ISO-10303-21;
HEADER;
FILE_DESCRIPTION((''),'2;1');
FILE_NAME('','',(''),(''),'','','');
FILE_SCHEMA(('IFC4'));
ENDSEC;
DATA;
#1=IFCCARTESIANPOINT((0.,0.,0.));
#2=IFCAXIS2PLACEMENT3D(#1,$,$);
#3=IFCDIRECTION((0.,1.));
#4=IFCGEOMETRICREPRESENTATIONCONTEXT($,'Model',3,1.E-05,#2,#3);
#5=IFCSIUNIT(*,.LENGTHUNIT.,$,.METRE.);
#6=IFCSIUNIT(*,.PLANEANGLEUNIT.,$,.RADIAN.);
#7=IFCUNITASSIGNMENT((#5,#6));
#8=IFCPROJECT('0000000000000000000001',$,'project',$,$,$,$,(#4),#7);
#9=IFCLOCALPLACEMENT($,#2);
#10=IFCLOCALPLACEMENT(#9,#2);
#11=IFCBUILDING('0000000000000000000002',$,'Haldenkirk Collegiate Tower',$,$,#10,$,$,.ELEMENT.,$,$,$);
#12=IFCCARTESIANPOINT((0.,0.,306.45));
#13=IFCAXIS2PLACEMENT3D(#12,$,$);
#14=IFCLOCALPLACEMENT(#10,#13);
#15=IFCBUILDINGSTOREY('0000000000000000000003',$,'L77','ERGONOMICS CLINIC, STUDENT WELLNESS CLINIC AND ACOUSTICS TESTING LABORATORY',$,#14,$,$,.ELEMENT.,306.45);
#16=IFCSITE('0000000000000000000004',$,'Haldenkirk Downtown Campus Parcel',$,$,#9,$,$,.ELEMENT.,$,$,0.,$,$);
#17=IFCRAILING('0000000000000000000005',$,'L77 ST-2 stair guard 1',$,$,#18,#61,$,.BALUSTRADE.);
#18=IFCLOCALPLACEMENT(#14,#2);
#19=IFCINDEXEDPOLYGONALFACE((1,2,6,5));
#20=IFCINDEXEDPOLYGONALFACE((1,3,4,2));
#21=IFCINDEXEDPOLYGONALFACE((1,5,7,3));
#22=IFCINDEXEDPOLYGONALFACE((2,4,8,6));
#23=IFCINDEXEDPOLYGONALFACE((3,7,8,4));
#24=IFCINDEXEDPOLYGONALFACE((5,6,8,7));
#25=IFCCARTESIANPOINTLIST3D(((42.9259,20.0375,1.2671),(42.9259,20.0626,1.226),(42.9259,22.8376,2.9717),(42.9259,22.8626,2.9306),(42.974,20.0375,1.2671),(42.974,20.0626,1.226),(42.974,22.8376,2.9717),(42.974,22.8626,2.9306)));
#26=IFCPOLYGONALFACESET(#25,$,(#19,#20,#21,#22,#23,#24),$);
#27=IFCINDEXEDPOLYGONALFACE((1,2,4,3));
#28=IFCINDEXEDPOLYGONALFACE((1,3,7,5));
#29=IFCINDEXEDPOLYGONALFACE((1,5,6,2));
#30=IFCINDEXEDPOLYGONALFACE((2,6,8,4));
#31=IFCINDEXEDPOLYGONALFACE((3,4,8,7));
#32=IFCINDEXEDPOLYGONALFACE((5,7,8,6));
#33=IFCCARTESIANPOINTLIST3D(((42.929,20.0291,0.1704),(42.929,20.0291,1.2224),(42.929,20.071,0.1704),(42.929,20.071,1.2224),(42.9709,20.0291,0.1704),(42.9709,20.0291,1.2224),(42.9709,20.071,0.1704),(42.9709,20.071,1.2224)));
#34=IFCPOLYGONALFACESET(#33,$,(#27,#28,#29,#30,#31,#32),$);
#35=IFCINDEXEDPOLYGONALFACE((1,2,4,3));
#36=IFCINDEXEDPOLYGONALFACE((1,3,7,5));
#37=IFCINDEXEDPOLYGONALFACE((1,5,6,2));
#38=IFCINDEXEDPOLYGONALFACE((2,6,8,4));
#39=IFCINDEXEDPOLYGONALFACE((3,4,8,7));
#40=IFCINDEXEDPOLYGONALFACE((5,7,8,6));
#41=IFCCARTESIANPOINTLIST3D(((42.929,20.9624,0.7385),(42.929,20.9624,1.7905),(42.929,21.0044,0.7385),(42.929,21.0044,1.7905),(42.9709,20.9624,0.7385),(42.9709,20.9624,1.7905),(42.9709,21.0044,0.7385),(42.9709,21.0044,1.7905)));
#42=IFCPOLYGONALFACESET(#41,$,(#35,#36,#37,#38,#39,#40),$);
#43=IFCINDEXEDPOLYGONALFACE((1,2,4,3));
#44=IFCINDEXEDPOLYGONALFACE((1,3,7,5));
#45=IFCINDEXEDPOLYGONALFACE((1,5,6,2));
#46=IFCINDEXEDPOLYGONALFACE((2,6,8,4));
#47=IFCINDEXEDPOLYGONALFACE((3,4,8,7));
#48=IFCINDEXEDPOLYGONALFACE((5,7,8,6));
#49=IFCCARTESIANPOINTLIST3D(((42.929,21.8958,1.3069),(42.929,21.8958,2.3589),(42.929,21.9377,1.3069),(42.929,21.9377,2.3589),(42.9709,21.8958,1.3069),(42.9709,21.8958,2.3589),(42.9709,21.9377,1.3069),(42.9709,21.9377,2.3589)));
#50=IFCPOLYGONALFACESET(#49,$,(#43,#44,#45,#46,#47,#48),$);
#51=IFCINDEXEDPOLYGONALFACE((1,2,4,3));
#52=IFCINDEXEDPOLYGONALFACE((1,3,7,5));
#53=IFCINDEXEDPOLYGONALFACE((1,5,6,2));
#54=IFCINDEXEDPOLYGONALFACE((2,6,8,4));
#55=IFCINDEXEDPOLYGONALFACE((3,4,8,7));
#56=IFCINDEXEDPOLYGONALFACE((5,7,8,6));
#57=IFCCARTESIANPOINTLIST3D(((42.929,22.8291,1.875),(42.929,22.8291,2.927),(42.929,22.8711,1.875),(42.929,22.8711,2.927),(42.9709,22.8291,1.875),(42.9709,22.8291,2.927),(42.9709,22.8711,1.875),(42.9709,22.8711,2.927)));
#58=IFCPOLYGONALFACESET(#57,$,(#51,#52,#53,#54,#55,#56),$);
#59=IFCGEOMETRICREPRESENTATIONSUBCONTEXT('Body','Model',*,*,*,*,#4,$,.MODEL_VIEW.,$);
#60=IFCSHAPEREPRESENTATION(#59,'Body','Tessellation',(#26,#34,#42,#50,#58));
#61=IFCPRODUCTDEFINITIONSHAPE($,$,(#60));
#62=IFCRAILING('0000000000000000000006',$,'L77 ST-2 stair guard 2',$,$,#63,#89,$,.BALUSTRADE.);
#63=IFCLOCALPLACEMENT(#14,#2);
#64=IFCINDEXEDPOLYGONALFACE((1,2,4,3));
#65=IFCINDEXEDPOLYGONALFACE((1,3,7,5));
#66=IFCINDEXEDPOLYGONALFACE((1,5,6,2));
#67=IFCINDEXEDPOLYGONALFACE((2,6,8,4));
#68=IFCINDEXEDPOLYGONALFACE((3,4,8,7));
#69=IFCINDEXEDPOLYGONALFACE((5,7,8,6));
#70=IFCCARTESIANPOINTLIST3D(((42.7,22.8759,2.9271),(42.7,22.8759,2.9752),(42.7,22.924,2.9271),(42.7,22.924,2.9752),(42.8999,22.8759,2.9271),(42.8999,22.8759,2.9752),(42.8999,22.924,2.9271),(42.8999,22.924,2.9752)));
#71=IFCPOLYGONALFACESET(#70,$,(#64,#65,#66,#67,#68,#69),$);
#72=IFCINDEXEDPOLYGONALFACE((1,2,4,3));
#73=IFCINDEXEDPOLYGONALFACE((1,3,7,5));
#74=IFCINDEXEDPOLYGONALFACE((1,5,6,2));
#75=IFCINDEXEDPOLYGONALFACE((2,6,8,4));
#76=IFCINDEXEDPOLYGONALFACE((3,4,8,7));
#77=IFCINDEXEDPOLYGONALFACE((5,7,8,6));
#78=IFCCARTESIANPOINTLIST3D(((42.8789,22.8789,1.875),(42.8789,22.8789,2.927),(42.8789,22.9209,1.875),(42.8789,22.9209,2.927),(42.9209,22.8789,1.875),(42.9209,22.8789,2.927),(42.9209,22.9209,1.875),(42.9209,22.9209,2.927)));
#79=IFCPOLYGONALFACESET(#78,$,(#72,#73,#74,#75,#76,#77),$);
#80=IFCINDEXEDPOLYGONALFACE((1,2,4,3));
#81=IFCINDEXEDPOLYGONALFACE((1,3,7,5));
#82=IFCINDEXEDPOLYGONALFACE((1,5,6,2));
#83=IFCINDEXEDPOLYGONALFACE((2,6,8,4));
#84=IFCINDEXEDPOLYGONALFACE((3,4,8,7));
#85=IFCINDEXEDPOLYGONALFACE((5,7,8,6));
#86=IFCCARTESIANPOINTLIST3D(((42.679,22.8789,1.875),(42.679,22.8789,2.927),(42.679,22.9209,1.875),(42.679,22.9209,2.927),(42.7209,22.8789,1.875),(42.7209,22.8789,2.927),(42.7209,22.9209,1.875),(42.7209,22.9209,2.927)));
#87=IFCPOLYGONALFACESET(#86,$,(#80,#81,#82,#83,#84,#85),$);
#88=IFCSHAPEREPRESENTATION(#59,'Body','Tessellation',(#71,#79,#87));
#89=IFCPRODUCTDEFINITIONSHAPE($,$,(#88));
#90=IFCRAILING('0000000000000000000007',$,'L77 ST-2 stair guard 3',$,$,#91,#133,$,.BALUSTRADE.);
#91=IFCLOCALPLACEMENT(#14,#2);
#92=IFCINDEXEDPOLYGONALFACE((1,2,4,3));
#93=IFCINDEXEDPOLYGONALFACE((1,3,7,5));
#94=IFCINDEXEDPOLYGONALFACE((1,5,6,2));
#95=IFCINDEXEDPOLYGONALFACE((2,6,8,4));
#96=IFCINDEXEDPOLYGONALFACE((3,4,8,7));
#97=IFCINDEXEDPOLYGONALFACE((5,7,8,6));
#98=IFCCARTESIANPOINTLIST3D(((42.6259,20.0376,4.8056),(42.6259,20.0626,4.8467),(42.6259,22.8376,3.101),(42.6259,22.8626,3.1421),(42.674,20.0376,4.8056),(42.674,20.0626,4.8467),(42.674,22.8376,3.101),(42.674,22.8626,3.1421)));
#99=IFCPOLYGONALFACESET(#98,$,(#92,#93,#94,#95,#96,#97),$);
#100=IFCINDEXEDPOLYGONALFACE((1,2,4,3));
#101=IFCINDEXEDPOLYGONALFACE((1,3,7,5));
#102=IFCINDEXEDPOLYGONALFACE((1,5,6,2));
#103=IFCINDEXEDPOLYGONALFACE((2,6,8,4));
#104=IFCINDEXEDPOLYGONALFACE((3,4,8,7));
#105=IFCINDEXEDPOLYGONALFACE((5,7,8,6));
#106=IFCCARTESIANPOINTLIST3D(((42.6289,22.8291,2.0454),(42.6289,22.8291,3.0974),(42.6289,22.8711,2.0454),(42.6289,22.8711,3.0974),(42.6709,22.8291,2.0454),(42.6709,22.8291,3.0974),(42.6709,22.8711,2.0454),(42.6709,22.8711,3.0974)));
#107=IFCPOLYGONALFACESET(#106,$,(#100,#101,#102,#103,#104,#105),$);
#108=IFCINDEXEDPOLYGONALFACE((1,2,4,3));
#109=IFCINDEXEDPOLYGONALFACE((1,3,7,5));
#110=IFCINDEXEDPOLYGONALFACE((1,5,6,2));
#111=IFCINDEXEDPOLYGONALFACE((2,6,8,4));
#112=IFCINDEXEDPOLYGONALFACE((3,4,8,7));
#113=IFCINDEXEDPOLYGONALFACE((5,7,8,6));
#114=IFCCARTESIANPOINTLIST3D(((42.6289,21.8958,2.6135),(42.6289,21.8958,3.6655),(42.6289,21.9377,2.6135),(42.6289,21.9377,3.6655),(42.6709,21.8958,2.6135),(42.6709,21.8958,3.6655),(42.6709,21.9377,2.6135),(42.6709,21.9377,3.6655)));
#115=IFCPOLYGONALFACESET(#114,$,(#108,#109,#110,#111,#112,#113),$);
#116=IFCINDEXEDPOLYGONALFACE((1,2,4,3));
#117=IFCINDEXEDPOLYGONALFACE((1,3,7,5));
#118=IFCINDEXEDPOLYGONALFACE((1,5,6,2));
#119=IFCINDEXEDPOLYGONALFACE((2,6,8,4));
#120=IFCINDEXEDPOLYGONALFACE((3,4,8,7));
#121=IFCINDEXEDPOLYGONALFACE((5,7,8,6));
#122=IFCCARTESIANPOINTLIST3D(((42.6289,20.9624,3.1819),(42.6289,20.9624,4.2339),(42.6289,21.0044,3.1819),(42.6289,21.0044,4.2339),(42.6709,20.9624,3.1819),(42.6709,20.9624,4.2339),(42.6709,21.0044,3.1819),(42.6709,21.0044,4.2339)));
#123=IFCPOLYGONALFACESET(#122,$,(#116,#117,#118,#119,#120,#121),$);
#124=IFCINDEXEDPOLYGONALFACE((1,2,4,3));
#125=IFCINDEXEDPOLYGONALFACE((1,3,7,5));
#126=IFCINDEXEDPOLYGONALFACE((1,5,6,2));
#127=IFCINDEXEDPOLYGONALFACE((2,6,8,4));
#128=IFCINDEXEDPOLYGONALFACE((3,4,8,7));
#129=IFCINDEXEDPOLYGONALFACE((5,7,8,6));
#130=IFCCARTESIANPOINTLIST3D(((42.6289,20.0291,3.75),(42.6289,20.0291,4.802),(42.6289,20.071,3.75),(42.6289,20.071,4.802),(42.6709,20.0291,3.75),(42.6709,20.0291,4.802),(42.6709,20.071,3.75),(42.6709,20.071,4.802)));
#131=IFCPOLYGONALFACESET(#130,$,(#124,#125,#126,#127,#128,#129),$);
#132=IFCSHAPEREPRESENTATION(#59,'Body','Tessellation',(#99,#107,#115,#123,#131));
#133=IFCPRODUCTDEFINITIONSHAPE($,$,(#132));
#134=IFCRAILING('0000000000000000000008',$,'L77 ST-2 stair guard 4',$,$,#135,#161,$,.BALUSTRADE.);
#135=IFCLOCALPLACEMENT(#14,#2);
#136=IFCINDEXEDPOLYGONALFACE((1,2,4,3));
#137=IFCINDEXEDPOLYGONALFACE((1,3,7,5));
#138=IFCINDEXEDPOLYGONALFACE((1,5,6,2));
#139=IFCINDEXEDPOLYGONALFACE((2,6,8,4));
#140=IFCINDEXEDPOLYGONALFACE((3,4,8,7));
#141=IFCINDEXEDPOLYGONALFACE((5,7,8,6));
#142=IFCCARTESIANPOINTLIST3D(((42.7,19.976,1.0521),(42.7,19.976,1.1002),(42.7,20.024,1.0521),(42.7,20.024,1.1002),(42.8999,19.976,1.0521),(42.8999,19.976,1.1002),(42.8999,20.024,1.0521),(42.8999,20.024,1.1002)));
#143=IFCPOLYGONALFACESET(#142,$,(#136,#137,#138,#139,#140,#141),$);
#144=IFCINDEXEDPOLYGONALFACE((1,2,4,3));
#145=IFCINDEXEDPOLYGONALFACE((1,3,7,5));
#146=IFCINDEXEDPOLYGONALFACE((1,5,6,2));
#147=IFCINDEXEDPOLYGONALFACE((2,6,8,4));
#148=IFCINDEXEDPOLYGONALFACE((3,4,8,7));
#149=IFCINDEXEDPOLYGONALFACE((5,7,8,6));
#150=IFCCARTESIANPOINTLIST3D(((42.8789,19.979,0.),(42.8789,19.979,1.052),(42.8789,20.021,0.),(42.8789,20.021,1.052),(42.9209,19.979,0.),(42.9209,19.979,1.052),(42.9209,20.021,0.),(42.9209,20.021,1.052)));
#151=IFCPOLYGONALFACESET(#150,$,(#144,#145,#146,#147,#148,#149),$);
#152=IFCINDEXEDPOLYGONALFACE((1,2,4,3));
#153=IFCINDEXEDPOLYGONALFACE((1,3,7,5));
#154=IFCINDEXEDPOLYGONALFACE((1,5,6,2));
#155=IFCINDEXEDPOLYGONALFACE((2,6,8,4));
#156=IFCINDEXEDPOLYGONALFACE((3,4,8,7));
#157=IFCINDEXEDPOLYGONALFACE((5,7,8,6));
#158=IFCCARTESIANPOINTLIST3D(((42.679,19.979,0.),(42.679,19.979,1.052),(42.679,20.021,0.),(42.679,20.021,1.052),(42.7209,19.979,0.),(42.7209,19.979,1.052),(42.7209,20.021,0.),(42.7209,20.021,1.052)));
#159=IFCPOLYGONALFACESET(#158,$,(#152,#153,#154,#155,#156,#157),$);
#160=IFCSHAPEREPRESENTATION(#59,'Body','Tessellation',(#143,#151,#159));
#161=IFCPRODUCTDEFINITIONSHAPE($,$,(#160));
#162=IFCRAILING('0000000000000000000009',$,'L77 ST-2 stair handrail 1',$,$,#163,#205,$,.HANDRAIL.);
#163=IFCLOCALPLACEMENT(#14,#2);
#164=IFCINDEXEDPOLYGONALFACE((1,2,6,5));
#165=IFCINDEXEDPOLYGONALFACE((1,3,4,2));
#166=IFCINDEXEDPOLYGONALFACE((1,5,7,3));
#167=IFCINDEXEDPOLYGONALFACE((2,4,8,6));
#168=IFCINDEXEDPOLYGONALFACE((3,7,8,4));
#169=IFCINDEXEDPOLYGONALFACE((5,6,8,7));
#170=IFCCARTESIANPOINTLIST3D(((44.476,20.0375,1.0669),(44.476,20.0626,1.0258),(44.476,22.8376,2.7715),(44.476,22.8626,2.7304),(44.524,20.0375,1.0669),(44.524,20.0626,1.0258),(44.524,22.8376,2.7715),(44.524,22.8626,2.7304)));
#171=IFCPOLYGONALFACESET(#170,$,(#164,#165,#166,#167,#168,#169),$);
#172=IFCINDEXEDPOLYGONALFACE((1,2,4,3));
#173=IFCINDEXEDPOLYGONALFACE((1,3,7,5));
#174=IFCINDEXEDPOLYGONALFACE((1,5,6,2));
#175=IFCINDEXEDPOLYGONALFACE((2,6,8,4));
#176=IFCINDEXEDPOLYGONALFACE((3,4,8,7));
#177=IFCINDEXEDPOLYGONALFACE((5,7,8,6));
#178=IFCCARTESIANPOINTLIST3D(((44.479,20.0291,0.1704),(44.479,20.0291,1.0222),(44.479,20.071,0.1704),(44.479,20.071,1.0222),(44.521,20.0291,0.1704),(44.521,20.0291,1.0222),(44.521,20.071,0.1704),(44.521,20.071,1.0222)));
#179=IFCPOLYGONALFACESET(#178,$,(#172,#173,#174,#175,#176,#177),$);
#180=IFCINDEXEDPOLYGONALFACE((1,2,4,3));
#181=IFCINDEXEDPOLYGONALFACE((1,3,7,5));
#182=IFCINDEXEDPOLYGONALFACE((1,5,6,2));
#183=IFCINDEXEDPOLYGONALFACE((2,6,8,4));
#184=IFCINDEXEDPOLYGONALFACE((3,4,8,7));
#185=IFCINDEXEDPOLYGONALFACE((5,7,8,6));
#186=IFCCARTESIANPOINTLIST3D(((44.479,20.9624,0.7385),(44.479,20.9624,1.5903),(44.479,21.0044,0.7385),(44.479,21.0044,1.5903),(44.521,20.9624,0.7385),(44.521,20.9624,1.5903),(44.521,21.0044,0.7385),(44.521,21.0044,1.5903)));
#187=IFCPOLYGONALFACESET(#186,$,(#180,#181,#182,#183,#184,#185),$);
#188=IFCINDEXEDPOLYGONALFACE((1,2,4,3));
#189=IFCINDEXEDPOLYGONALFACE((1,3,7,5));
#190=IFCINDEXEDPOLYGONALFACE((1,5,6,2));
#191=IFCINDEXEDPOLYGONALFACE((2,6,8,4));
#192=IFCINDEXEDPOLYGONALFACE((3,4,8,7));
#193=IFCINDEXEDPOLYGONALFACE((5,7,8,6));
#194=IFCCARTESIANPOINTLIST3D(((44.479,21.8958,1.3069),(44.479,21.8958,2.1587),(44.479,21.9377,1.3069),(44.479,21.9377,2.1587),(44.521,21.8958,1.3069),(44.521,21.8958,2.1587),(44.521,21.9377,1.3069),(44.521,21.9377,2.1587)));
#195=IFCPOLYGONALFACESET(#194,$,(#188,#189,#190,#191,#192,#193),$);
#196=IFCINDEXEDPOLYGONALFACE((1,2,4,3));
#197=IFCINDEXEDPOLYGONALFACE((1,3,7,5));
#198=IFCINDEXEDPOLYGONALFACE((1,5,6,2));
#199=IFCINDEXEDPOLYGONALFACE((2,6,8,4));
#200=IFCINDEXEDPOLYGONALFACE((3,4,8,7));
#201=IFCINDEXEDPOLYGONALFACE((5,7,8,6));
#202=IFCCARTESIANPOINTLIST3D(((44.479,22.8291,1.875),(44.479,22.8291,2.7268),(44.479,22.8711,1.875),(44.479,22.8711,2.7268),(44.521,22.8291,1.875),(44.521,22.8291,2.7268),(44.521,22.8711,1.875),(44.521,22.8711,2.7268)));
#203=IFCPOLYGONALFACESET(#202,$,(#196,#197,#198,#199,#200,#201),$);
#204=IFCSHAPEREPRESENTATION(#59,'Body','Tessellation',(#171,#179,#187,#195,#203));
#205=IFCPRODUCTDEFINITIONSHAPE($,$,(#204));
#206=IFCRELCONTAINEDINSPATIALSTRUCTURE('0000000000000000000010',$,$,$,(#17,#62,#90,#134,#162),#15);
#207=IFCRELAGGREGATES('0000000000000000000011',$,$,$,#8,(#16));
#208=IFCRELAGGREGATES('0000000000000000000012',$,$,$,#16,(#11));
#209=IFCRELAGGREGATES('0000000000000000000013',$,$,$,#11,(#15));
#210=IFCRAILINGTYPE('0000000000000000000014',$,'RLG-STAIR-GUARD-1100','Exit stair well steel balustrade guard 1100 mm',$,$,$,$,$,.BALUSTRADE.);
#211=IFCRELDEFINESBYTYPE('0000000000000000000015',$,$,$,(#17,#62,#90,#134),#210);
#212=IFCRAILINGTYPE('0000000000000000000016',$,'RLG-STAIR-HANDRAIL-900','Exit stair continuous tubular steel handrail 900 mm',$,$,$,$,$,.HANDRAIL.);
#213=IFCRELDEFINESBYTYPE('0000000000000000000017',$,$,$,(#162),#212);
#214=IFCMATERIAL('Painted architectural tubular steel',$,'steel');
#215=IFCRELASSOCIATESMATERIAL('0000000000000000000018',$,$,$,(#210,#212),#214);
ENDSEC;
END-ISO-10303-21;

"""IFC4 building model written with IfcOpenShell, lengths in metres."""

from ifc_helpers import new_model, si_unit, direction, frame, origin, origin_2d, place, context, subcontext, project, spatial, rectangle, extrude, material, type_object, element, save


model = new_model("IFC4")

# Units and contexts
model_context = context("Model", 3, precision=1e-05, world=origin(), true_north=direction((0.0, 1.0)))
body_context = subcontext(model_context, "Body", "Model", "MODEL_VIEW")
ifc_project = project(units=[si_unit("LENGTHUNIT", "METRE"), si_unit("PLANEANGLEUNIT", "RADIAN")], contexts=[model_context])

# Site, building, storey
site_placement = place(None, origin())
site = spatial("IfcSite", under=ifc_project, at=site_placement, Name="Haldenkirk Downtown Campus Parcel", CompositionType="ELEMENT", RefElevation=0.0)
building_placement = place(site_placement, origin())
building = spatial("IfcBuilding", under=site, at=building_placement, Name="Haldenkirk Collegiate Tower", CompositionType="ELEMENT")
storey_placement = place(building_placement, frame((0.0, 0.0, 306.45)))
storey = spatial("IfcBuildingStorey", under=building, at=storey_placement, Name="L77", Description="ERGONOMICS CLINIC, STUDENT WELLNESS CLINIC AND ACOUSTICS TESTING LABORATORY", CompositionType="ELEMENT", Elevation=306.45)

# Railings
ifc_material_1 = material(Name="Painted architectural tubular steel", Category="steel")
railing_type_1 = type_object("IfcRailingType", Name="RLG-STAIR-GUARD-1100", Description="Exit stair well steel balustrade guard 1100 mm", PredefinedType="BALUSTRADE", material=ifc_material_1)
railing_1_placement = place(storey_placement, frame((42.95, 20.05, 0.1704)))
element("IfcRailing", 1, at=railing_1_placement, inside=storey, type_object=railing_type_1, Name="L77 ST-2 stair guard 1", PredefinedType="BALUSTRADE", context=body_context, shape_type="SweptSolid", body=[
    extrude(rectangle(XDim=0.0481, YDim=0.0481, at=origin_2d()), frame((0.0, 0.0, 1.0762), z_axis=(0.0, 0.85417, 0.519994), x_axis=(-1.0, 0.0, 0.0)), (0.0, 0.0, 1.0), 3.2781),
    extrude(rectangle(XDim=0.042, YDim=0.042, at=origin_2d()), origin(), (0.0, 0.0, 1.0), 1.052),
    extrude(rectangle(XDim=0.042, YDim=0.042, at=origin_2d()), frame((0.0, 0.9333, 0.5681)), (0.0, 0.0, 1.0), 1.052),
    extrude(rectangle(XDim=0.042, YDim=0.042, at=origin_2d()), frame((0.0, 1.8667, 1.1365)), (0.0, 0.0, 1.0), 1.052),
    extrude(rectangle(XDim=0.042, YDim=0.042, at=origin_2d()), frame((0.0, 2.8, 1.7046)), (0.0, 0.0, 1.0), 1.052),
])
railing_2_placement = place(storey_placement, frame((42.8999, 22.8999, 1.875)))
element("IfcRailing", 2, at=railing_2_placement, inside=storey, type_object=railing_type_1, Name="L77 ST-2 stair guard 2", PredefinedType="BALUSTRADE", context=body_context, shape_type="SweptSolid", body=[
    extrude(rectangle(XDim=0.0481, YDim=0.0481, at=origin_2d()), frame((0.0, 0.0, 1.0762), z_axis=(-1.0, 0.0, 0.0), x_axis=(0.0, -1.0, 0.0)), (0.0, 0.0, 1.0), 0.2),
    extrude(rectangle(XDim=0.042, YDim=0.042, at=origin_2d()), origin(), (0.0, 0.0, 1.0), 1.052),
    extrude(rectangle(XDim=0.042, YDim=0.042, at=origin_2d()), frame((-0.2, 0.0, 0.0)), (0.0, 0.0, 1.0), 1.052),
])
railing_3_placement = place(storey_placement, frame((42.6499, 22.8501, 2.0454)))
element("IfcRailing", 3, at=railing_3_placement, inside=storey, type_object=railing_type_1, Name="L77 ST-2 stair guard 3", PredefinedType="BALUSTRADE", context=body_context, shape_type="SweptSolid", body=[
    extrude(rectangle(XDim=0.0481, YDim=0.0481, at=origin_2d()), frame((0.0, 0.0, 1.0762), z_axis=(0.0, -0.85417, 0.519994), x_axis=(1.0, 0.0, 0.0)), (0.0, 0.0, 1.0), 3.2781),
    extrude(rectangle(XDim=0.042, YDim=0.042, at=origin_2d()), origin(), (0.0, 0.0, 1.0), 1.052),
    extrude(rectangle(XDim=0.042, YDim=0.042, at=origin_2d()), frame((0.0, -0.9333, 0.5681)), (0.0, 0.0, 1.0), 1.052),
    extrude(rectangle(XDim=0.042, YDim=0.042, at=origin_2d()), frame((0.0, -1.8667, 1.1365)), (0.0, 0.0, 1.0), 1.052),
    extrude(rectangle(XDim=0.042, YDim=0.042, at=origin_2d()), frame((0.0, -2.8, 1.7046)), (0.0, 0.0, 1.0), 1.052),
])
railing_4_placement = place(storey_placement, frame((42.8999, 20.0, 0.0)))
element("IfcRailing", 4, at=railing_4_placement, inside=storey, type_object=railing_type_1, Name="L77 ST-2 stair guard 4", PredefinedType="BALUSTRADE", context=body_context, shape_type="SweptSolid", body=[
    extrude(rectangle(XDim=0.0481, YDim=0.0481, at=origin_2d()), frame((0.0, 0.0, 1.0762), z_axis=(-1.0, 0.0, 0.0), x_axis=(0.0, -1.0, 0.0)), (0.0, 0.0, 1.0), 0.2),
    extrude(rectangle(XDim=0.042, YDim=0.042, at=origin_2d()), origin(), (0.0, 0.0, 1.0), 1.052),
    extrude(rectangle(XDim=0.042, YDim=0.042, at=origin_2d()), frame((-0.2, 0.0, 0.0)), (0.0, 0.0, 1.0), 1.052),
])
railing_type_2 = type_object("IfcRailingType", Name="RLG-STAIR-HANDRAIL-900", Description="Exit stair continuous tubular steel handrail 900 mm", PredefinedType="HANDRAIL", material=ifc_material_1)
railing_5_placement = place(storey_placement, frame((44.5, 20.05, 0.1704)))
element("IfcRailing", 5, at=railing_5_placement, inside=storey, type_object=railing_type_2, Name="L77 ST-2 stair handrail 1", PredefinedType="HANDRAIL", context=body_context, shape_type="SweptSolid", body=[
    extrude(rectangle(XDim=0.0481, YDim=0.0481, at=origin_2d()), frame((0.0, 0.0, 0.876), z_axis=(0.0, 0.85417, 0.519994), x_axis=(-1.0, 0.0, 0.0)), (0.0, 0.0, 1.0), 3.2781),
    extrude(rectangle(XDim=0.042, YDim=0.042, at=origin_2d()), origin(), (0.0, 0.0, 1.0), 0.8518),
    extrude(rectangle(XDim=0.042, YDim=0.042, at=origin_2d()), frame((0.0, 0.9333, 0.5681)), (0.0, 0.0, 1.0), 0.8518),
    extrude(rectangle(XDim=0.042, YDim=0.042, at=origin_2d()), frame((0.0, 1.8667, 1.1365)), (0.0, 0.0, 1.0), 0.8518),
    extrude(rectangle(XDim=0.042, YDim=0.042, at=origin_2d()), frame((0.0, 2.8, 1.7046)), (0.0, 0.0, 1.0), 0.8518),
])

save(model, "model.ifc")
